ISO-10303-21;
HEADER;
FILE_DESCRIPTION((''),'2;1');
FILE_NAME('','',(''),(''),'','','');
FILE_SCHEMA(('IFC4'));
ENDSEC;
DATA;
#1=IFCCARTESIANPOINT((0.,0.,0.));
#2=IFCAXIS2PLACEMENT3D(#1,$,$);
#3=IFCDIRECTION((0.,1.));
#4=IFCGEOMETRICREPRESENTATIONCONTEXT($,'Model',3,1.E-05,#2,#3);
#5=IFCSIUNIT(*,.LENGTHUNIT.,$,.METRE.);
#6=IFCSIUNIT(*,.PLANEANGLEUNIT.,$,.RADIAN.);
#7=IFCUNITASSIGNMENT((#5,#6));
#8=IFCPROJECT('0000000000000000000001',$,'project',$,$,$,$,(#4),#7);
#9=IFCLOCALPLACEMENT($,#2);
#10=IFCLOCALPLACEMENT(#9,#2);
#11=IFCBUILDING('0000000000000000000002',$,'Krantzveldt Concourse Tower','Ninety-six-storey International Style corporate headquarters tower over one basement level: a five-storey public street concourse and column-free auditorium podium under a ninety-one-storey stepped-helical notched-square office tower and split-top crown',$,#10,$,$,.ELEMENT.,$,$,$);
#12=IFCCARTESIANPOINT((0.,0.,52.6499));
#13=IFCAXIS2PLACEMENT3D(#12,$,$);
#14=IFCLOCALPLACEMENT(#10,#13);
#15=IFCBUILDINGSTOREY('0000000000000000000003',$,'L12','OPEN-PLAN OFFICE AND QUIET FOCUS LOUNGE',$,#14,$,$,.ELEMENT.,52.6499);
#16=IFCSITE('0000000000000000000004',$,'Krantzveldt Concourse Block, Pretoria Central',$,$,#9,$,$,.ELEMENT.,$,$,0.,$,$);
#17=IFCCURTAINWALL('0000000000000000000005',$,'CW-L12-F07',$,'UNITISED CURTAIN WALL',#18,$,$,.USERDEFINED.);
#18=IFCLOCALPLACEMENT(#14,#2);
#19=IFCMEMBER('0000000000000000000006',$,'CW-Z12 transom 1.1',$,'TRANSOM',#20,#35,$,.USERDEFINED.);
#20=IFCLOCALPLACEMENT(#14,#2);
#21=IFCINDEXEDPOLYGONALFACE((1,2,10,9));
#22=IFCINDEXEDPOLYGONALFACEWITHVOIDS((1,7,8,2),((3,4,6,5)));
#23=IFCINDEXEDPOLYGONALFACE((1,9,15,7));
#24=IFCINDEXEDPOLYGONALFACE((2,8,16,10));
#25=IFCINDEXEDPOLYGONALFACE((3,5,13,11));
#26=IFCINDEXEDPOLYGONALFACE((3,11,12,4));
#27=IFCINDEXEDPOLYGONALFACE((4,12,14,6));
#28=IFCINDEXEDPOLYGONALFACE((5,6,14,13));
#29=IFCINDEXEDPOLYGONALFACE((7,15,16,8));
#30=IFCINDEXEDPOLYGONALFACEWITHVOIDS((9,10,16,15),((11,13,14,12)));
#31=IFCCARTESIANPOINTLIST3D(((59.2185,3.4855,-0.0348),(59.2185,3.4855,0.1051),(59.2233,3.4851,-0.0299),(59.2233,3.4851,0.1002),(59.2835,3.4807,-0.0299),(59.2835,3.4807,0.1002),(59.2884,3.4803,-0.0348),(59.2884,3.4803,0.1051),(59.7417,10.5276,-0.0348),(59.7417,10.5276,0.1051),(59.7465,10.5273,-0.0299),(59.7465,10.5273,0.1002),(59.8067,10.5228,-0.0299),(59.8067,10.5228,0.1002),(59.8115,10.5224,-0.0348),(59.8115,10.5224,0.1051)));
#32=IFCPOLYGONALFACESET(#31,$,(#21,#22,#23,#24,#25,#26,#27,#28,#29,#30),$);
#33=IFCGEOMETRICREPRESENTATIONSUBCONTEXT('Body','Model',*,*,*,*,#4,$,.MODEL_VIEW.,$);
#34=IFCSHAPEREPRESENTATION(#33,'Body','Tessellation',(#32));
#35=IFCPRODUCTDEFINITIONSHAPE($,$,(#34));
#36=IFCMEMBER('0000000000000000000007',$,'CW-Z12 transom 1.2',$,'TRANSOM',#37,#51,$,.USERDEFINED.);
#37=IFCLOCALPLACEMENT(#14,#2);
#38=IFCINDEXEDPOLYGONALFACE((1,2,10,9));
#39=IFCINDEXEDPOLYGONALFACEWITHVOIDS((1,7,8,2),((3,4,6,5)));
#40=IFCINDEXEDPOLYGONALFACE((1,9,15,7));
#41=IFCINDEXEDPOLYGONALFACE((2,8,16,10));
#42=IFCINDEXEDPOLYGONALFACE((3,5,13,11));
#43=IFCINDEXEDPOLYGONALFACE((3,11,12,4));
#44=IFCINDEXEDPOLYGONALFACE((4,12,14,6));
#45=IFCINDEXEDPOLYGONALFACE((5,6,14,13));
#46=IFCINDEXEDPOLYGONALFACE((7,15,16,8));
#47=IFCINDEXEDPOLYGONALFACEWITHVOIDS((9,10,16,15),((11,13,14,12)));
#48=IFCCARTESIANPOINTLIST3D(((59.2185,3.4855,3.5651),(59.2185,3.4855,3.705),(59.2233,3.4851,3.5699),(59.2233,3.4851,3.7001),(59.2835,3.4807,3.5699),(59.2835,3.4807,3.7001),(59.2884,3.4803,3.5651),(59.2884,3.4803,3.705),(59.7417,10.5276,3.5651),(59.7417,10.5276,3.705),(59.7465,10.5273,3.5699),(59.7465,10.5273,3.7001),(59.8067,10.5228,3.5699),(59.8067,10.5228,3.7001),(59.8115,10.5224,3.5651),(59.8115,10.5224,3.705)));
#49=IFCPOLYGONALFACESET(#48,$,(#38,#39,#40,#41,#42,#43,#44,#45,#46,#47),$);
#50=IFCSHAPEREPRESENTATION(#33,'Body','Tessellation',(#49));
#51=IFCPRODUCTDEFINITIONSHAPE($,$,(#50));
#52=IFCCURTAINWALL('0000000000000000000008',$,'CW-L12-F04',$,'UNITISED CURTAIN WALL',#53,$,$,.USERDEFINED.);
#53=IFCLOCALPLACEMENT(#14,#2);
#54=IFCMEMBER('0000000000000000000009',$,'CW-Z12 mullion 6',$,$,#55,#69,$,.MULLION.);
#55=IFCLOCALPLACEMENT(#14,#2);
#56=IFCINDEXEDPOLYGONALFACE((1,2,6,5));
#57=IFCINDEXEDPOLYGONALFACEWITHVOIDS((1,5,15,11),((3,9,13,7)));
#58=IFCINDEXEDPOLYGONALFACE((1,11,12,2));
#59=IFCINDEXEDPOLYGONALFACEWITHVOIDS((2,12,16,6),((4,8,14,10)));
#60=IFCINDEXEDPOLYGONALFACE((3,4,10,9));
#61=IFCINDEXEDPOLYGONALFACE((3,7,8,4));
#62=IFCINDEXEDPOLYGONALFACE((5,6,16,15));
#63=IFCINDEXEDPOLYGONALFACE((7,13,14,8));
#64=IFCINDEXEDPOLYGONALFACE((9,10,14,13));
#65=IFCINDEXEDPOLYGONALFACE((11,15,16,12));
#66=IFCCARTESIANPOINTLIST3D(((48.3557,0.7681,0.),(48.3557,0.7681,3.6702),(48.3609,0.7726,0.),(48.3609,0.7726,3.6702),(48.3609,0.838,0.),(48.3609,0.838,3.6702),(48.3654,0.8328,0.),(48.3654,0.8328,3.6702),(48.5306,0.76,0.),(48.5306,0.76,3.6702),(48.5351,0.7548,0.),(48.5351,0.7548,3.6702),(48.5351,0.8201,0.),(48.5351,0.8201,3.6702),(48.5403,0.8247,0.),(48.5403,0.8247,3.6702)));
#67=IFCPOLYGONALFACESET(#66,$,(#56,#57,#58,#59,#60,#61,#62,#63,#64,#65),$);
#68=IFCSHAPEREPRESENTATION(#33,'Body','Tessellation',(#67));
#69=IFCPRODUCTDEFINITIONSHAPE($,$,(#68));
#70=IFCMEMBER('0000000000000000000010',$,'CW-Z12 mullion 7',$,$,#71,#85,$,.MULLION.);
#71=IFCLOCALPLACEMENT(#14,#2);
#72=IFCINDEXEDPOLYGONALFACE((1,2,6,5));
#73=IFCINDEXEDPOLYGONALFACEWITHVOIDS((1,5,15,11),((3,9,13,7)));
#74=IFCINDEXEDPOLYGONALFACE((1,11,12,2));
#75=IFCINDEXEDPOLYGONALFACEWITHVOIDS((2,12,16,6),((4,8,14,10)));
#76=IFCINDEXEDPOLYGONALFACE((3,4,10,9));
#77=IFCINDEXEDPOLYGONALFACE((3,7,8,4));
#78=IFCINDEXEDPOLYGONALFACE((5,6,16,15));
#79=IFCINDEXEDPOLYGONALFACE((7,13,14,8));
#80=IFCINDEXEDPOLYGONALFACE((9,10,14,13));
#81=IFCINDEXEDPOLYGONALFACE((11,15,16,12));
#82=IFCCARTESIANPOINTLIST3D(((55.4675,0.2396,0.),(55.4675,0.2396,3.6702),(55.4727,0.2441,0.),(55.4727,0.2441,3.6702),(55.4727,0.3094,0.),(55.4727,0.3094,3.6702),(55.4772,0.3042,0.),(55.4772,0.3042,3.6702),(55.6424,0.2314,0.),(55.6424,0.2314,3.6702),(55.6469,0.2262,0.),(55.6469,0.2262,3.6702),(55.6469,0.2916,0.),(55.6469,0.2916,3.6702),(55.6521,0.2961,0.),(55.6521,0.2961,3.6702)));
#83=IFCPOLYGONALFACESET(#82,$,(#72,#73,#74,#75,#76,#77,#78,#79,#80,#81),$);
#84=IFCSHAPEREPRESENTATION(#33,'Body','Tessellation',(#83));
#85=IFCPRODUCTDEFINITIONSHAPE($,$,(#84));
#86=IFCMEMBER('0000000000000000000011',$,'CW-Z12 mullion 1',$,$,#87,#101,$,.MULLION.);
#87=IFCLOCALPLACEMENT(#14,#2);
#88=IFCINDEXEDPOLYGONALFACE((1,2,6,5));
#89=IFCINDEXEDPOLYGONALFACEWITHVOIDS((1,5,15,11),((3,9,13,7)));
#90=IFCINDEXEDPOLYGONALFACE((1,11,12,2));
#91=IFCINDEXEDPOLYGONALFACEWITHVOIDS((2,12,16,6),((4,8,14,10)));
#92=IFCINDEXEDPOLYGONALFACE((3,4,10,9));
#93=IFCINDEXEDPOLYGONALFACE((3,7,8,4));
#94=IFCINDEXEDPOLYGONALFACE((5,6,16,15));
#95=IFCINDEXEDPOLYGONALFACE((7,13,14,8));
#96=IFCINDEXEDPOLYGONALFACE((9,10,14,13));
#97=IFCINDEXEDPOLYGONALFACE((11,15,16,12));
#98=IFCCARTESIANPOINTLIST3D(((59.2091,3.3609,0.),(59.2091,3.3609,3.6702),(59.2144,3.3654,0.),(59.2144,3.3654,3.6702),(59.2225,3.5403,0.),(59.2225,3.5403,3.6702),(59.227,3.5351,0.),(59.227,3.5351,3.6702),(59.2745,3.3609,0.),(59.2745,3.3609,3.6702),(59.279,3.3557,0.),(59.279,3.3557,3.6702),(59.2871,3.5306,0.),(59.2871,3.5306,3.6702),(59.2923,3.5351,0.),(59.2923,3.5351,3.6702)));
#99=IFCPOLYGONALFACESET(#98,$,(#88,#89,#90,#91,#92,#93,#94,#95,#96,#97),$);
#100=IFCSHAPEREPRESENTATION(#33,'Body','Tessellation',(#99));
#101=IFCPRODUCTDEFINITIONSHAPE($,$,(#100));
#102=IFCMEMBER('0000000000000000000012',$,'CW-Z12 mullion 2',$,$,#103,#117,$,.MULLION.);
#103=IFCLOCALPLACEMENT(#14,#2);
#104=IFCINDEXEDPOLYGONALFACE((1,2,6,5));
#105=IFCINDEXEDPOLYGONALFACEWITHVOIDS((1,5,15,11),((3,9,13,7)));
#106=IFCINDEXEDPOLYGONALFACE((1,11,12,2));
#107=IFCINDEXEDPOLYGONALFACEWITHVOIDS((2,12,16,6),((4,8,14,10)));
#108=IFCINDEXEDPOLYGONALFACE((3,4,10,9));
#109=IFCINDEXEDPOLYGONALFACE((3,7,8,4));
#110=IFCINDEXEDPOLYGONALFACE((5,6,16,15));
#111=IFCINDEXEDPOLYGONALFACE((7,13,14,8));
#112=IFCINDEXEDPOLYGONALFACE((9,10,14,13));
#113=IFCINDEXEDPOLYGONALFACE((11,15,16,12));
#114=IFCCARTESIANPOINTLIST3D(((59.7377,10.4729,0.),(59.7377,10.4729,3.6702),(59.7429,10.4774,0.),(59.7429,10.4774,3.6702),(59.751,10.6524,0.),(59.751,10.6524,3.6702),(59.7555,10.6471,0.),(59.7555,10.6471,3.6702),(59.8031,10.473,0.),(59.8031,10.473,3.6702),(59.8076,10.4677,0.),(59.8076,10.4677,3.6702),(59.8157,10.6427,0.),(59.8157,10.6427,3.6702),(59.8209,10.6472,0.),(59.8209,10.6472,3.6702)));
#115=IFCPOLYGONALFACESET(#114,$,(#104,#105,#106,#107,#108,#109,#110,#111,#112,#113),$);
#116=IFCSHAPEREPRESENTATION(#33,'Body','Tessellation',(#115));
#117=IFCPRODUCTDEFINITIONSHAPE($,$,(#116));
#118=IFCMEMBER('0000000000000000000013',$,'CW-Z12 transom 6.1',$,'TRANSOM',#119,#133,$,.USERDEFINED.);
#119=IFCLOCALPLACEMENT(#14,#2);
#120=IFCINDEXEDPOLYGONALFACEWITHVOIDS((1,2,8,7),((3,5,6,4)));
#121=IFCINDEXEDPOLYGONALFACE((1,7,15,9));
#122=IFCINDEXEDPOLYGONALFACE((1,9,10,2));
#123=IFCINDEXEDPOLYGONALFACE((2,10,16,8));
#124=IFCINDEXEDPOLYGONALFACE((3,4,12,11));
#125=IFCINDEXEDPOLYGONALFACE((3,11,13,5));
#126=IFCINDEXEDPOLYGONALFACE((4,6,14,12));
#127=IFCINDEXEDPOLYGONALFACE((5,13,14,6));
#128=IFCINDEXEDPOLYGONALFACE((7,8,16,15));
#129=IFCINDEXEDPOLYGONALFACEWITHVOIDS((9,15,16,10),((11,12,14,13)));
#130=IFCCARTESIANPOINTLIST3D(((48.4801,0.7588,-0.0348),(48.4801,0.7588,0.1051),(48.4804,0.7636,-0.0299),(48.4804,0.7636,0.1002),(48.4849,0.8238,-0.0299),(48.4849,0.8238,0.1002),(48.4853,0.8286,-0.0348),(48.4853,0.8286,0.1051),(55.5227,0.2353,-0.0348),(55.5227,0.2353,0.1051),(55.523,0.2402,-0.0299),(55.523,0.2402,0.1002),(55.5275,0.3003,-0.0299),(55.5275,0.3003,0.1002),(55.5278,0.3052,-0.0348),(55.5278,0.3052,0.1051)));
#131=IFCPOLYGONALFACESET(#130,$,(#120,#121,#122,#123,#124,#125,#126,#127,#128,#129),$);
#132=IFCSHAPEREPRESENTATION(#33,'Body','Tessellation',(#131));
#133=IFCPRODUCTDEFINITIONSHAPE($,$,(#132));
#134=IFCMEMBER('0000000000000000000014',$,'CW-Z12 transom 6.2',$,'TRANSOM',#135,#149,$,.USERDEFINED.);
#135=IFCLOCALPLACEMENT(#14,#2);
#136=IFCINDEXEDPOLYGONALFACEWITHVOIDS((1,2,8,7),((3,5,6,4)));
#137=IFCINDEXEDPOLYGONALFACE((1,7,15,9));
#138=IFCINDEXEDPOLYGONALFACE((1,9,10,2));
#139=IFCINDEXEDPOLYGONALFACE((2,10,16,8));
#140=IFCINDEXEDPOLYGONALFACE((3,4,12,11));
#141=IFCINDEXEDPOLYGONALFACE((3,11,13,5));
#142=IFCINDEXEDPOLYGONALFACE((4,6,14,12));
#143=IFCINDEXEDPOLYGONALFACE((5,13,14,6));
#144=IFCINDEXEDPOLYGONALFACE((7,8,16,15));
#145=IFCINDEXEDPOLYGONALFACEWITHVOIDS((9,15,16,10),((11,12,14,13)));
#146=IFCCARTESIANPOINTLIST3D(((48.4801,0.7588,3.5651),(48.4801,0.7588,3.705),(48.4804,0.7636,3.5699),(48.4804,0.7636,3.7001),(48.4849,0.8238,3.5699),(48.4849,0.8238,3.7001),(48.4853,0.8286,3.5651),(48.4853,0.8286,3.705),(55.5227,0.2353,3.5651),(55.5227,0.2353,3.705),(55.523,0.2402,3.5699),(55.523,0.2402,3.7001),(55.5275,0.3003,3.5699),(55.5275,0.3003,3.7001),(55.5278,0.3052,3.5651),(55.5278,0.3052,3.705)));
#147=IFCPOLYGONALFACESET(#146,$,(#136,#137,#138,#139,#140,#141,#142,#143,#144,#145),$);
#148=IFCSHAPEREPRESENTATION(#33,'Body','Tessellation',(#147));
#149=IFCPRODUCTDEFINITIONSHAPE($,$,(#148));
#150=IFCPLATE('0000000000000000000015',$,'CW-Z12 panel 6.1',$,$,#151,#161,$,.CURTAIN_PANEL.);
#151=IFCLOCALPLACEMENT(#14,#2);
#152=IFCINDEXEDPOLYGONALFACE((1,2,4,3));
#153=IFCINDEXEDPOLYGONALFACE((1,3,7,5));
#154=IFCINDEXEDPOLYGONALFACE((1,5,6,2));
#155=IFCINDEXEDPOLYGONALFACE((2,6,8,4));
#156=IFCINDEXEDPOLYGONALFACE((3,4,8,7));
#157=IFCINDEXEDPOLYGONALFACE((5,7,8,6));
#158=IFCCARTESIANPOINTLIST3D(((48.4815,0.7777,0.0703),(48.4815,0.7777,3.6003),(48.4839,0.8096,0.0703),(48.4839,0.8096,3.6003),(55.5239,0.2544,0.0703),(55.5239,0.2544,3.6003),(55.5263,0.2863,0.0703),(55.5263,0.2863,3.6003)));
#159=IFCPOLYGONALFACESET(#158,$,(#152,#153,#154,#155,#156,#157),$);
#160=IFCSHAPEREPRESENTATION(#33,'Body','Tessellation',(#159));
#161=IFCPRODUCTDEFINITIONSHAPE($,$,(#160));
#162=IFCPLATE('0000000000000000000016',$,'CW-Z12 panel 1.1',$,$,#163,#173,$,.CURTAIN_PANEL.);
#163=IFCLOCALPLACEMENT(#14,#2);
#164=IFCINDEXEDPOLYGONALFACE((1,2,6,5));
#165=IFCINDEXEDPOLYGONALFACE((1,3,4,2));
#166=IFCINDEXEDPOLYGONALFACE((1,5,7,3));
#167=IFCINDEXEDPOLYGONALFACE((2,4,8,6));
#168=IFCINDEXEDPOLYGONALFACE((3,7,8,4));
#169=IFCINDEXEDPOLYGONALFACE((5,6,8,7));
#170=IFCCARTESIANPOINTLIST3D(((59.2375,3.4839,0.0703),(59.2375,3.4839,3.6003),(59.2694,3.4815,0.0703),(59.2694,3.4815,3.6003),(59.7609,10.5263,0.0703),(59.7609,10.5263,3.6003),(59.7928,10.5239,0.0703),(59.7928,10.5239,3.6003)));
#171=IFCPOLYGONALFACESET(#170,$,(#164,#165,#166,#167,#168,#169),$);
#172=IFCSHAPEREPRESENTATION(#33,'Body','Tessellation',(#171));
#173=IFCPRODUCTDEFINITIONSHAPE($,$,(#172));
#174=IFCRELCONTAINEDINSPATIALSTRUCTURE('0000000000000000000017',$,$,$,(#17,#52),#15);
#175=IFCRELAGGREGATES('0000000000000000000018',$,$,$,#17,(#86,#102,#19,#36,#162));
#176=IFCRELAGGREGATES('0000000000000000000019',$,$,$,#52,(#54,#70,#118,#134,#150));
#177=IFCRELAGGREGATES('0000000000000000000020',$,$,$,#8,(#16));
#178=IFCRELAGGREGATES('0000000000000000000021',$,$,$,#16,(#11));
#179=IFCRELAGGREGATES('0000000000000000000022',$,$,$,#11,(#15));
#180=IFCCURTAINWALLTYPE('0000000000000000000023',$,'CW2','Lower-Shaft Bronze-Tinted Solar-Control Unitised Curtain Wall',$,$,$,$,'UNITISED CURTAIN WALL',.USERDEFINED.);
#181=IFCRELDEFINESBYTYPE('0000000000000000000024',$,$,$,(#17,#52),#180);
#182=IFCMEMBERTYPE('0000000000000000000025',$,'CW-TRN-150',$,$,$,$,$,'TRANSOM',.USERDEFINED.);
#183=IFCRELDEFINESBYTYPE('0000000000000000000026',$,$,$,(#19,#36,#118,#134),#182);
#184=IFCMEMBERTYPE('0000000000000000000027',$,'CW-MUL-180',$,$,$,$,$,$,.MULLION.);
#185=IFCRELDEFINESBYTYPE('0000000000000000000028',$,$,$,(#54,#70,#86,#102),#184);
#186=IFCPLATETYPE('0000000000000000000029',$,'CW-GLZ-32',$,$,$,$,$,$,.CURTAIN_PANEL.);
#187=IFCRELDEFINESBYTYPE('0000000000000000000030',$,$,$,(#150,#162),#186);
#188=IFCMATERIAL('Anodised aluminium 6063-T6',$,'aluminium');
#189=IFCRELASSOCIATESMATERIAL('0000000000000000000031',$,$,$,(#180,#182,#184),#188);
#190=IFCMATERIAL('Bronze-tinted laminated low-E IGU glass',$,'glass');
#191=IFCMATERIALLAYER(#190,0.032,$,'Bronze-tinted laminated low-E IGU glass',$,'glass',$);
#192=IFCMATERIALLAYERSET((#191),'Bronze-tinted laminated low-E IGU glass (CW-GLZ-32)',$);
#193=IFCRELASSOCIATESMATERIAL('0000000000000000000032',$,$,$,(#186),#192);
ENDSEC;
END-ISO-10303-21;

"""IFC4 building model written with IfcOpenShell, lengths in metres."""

from ifc_helpers import new_model, si_unit, direction, frame, origin, origin_2d, place, context, subcontext, project, spatial, rectangle, hollow_rectangle, extrude, source, transform, mapped, material, layer, layer_set, material_profile, profile_set, type_object, type_shapes, element, aggregate, save


model = new_model("IFC4")

# Units and contexts
model_context = context("Model", 3, precision=1e-05, world=origin(), true_north=direction((0.0, 1.0)))
body_context = subcontext(model_context, "Body", "Model", "MODEL_VIEW")
ifc_project = project(units=[si_unit("LENGTHUNIT", "METRE"), si_unit("PLANEANGLEUNIT", "RADIAN")], contexts=[model_context])

# Site, building, storey
site_placement = place(None, origin())
site = spatial("IfcSite", under=ifc_project, at=site_placement, Name="Krantzveldt Concourse Block, Pretoria Central", CompositionType="ELEMENT", RefElevation=0.0)
building_placement = place(site_placement, origin())
building = spatial("IfcBuilding", under=site, at=building_placement, Name="Krantzveldt Concourse Tower", Description="Ninety-six-storey International Style corporate headquarters tower over one basement level: a five-storey public street concourse and column-free auditorium podium under a ninety-one-storey stepped-helical notched-square office tower and split-top crown", CompositionType="ELEMENT")
storey_placement = place(building_placement, frame((0.0, 0.0, 52.6499)))
storey = spatial("IfcBuildingStorey", under=building, at=storey_placement, Name="L12", Description="OPEN-PLAN OFFICE AND QUIET FOCUS LOUNGE", CompositionType="ELEMENT", Elevation=52.6499)

# Curtain walls, members
ifc_material_1 = material(Name="Anodised aluminium 6063-T6", Category="aluminium")
curtain_wall_type = type_object("IfcCurtainWallType", Name="CW2", Description="Lower-Shaft Bronze-Tinted Solar-Control Unitised Curtain Wall", ElementType="UNITISED CURTAIN WALL", PredefinedType="USERDEFINED", material=ifc_material_1)
curtain_wall_1_placement = place(storey_placement, origin())
curtain_wall_1 = element("IfcCurtainWall", 1, at=curtain_wall_1_placement, inside=storey, type_object=curtain_wall_type, Name="CW-L12-F07", ObjectType="UNITISED CURTAIN WALL", PredefinedType="USERDEFINED")
ifc_material_profile_1 = material_profile(ifc_material_1, hollow_rectangle(XDim=0.0701, YDim=0.1399, WallThickness=0.0049, at=origin_2d()), Name="Anodised aluminium 6063-T6", Category="aluminium")
ifc_profile_set_1 = profile_set([ifc_material_profile_1], Name="Anodised aluminium 6063-T6 - ALU-TRAN 140x70x5")
member_type_1 = type_object("IfcMemberType", Name="CW-TRN-150", ElementType="TRANSOM", PredefinedType="USERDEFINED", material=ifc_profile_set_1)
shared_shape_1 = source(origin(), body_context, "Body", "SweptSolid", [
    extrude(hollow_rectangle(XDim=0.0701, YDim=0.1399, WallThickness=0.0049, at=origin_2d()), origin(), (0.0, 0.0, 1.0), 7.0615),
])
member_1_placement = place(storey_placement, frame((59.2534, 3.4829, 0.0352), z_axis=(0.074089, 0.997252, 0.0), x_axis=(-0.997252, 0.074089, 0.0)))
member_1 = element("IfcMember", 2, at=member_1_placement, type_object=member_type_1, Name="CW-Z12 transom 1.1", ObjectType="TRANSOM", PredefinedType="USERDEFINED", context=body_context, shape_type="MappedRepresentation", body=[
    mapped(shared_shape_1, transform((0.0, 0.0, 0.0), x_axis=(1.0, 0.0, 0.0), y_axis=(0.0, 1.0, 0.0), z_axis=(0.0, 0.0, 1.0), scale=1.0)),
])
member_2_placement = place(storey_placement, frame((59.2534, 3.4829, 3.635), z_axis=(0.074089, 0.997252, 0.0), x_axis=(-0.997252, 0.074089, 0.0)))
member_2 = element("IfcMember", 3, at=member_2_placement, type_object=member_type_1, Name="CW-Z12 transom 1.2", ObjectType="TRANSOM", PredefinedType="USERDEFINED", context=body_context, shape_type="MappedRepresentation", body=[
    mapped(shared_shape_1, transform((0.0, 0.0, 0.0), x_axis=(1.0, 0.0, 0.0), y_axis=(0.0, 1.0, 0.0), z_axis=(0.0, 0.0, 1.0), scale=1.0)),
])
curtain_wall_2_placement = place(storey_placement, origin())
curtain_wall_2 = element("IfcCurtainWall", 4, at=curtain_wall_2_placement, inside=storey, type_object=curtain_wall_type, Name="CW-L12-F04", ObjectType="UNITISED CURTAIN WALL", PredefinedType="USERDEFINED")
ifc_material_profile_2 = material_profile(ifc_material_1, hollow_rectangle(XDim=0.0701, YDim=0.1799, WallThickness=0.0049, at=origin_2d()), Name="Anodised aluminium 6063-T6", Category="aluminium")
ifc_profile_set_2 = profile_set([ifc_material_profile_2], Name="Anodised aluminium 6063-T6 - ALU-MULL 180x70x5")
member_type_2 = type_object("IfcMemberType", Name="CW-MUL-180", PredefinedType="MULLION", material=ifc_profile_set_2)
shared_shape_2 = source(origin(), body_context, "Body", "SweptSolid", [
    extrude(hollow_rectangle(XDim=0.0701, YDim=0.1799, WallThickness=0.0049, at=origin_2d()), origin(), (0.0, 0.0, 1.0), 3.6702),
])
type_shapes(member_type_2, [shared_shape_2])
member_3_placement = place(storey_placement, frame((48.448, 0.7964, 0.0), z_axis=(0.0, 0.0, 1.0), x_axis=(0.074109, 0.99725, 0.0)))
member_3 = element("IfcMember", 5, at=member_3_placement, type_object=member_type_2, Name="CW-Z12 mullion 6", PredefinedType="MULLION", context=body_context, shape_type="MappedRepresentation", body=[
    mapped(shared_shape_2, transform((0.0, 0.0, 0.0), x_axis=(1.0, 0.0, 0.0), y_axis=(0.0, 1.0, 0.0), z_axis=(0.0, 0.0, 1.0), scale=1.0)),
])
member_4_placement = place(storey_placement, frame((55.5598, 0.2678, 0.0), z_axis=(0.0, 0.0, 1.0), x_axis=(0.074109, 0.99725, 0.0)))
member_4 = element("IfcMember", 6, at=member_4_placement, type_object=member_type_2, Name="CW-Z12 mullion 7", PredefinedType="MULLION", context=body_context, shape_type="MappedRepresentation", body=[
    mapped(shared_shape_2, transform((0.0, 0.0, 0.0), x_axis=(1.0, 0.0, 0.0), y_axis=(0.0, 1.0, 0.0), z_axis=(0.0, 0.0, 1.0), scale=1.0)),
])

# Members
member_5_placement = place(storey_placement, frame((59.2507, 3.448, 0.0), z_axis=(0.0, 0.0, 1.0), x_axis=(-0.99725, 0.074109, 0.0)))
member_5 = element("IfcMember", 7, at=member_5_placement, type_object=member_type_2, Name="CW-Z12 mullion 1", PredefinedType="MULLION", context=body_context, shape_type="MappedRepresentation", body=[
    mapped(shared_shape_2, transform((0.0, 0.0, 0.0), x_axis=(1.0, 0.0, 0.0), y_axis=(0.0, 1.0, 0.0), z_axis=(0.0, 0.0, 1.0), scale=1.0)),
])
member_6_placement = place(storey_placement, frame((59.7793, 10.5601, 0.0), z_axis=(0.0, 0.0, 1.0), x_axis=(-0.99725, 0.074109, 0.0)))
member_6 = element("IfcMember", 8, at=member_6_placement, type_object=member_type_2, Name="CW-Z12 mullion 2", PredefinedType="MULLION", context=body_context, shape_type="MappedRepresentation", body=[
    mapped(shared_shape_2, transform((0.0, 0.0, 0.0), x_axis=(1.0, 0.0, 0.0), y_axis=(0.0, 1.0, 0.0), z_axis=(0.0, 0.0, 1.0), scale=1.0)),
])
shared_shape_3 = source(origin(), body_context, "Body", "SweptSolid", [
    extrude(hollow_rectangle(XDim=0.0701, YDim=0.1399, WallThickness=0.0049, at=origin_2d()), origin(), (0.0, 0.0, 1.0), 7.062),
])
type_shapes(member_type_1, [shared_shape_1, shared_shape_3])
member_7_placement = place(storey_placement, frame((48.4827, 0.7937, 0.0352), z_axis=(0.997249, -0.074121, 0.0), x_axis=(0.074121, 0.997249, 0.0)))
member_7 = element("IfcMember", 9, at=member_7_placement, type_object=member_type_1, Name="CW-Z12 transom 6.1", ObjectType="TRANSOM", PredefinedType="USERDEFINED", context=body_context, shape_type="MappedRepresentation", body=[
    mapped(shared_shape_3, transform((0.0, 0.0, 0.0), x_axis=(1.0, 0.0, 0.0), y_axis=(0.0, 1.0, 0.0), z_axis=(0.0, 0.0, 1.0), scale=1.0)),
])
member_8_placement = place(storey_placement, frame((48.4827, 0.7937, 3.635), z_axis=(0.997249, -0.074121, 0.0), x_axis=(0.074121, 0.997249, 0.0)))
member_8 = element("IfcMember", 10, at=member_8_placement, type_object=member_type_1, Name="CW-Z12 transom 6.2", ObjectType="TRANSOM", PredefinedType="USERDEFINED", context=body_context, shape_type="MappedRepresentation", body=[
    mapped(shared_shape_3, transform((0.0, 0.0, 0.0), x_axis=(1.0, 0.0, 0.0), y_axis=(0.0, 1.0, 0.0), z_axis=(0.0, 0.0, 1.0), scale=1.0)),
])

# Plates
ifc_material_2 = material(Name="Bronze-tinted laminated low-E IGU glass", Category="glass")
ifc_layer_1 = layer(ifc_material_2, 0.032, Name="Bronze-tinted laminated low-E IGU glass", Category="glass")
ifc_layer_set_1 = layer_set([ifc_layer_1], Name="Bronze-tinted laminated low-E IGU glass (CW-GLZ-32)")
plate_type = type_object("IfcPlateType", Name="CW-GLZ-32", PredefinedType="CURTAIN_PANEL", material=ifc_layer_set_1)
shared_shape_4 = source(origin(), body_context, "Body", "SweptSolid", [
    extrude(rectangle(XDim=7.0618, YDim=0.032, at=origin_2d()), origin(), (0.0, 0.0, 1.0), 3.53),
])
plate_1_placement = place(storey_placement, frame((52.0039, 0.532, 0.0703), z_axis=(0.0, 0.0, 1.0), x_axis=(0.99725, -0.074109, 0.0)))
plate_1 = element("IfcPlate", 11, at=plate_1_placement, type_object=plate_type, Name="CW-Z12 panel 6.1", PredefinedType="CURTAIN_PANEL", context=body_context, shape_type="MappedRepresentation", body=[
    mapped(shared_shape_4, transform((0.0, 0.0, 0.0), x_axis=(1.0, 0.0, 0.0), y_axis=(0.0, 1.0, 0.0), z_axis=(0.0, 0.0, 1.0), scale=1.0)),
])
plate_2_placement = place(storey_placement, frame((59.5151, 7.0039, 0.0703), z_axis=(0.0, 0.0, 1.0), x_axis=(0.074109, 0.99725, 0.0)))
plate_2 = element("IfcPlate", 12, at=plate_2_placement, type_object=plate_type, Name="CW-Z12 panel 1.1", PredefinedType="CURTAIN_PANEL", context=body_context, shape_type="MappedRepresentation", body=[
    mapped(shared_shape_4, transform((0.0, 0.0, 0.0), x_axis=(1.0, 0.0, 0.0), y_axis=(0.0, 1.0, 0.0), z_axis=(0.0, 0.0, 1.0), scale=1.0)),
])
aggregate(curtain_wall_1, [member_5, member_6, member_1, member_2, plate_2])
aggregate(curtain_wall_2, [member_3, member_4, member_7, member_8, plate_1])

save(model, "model.ifc")
